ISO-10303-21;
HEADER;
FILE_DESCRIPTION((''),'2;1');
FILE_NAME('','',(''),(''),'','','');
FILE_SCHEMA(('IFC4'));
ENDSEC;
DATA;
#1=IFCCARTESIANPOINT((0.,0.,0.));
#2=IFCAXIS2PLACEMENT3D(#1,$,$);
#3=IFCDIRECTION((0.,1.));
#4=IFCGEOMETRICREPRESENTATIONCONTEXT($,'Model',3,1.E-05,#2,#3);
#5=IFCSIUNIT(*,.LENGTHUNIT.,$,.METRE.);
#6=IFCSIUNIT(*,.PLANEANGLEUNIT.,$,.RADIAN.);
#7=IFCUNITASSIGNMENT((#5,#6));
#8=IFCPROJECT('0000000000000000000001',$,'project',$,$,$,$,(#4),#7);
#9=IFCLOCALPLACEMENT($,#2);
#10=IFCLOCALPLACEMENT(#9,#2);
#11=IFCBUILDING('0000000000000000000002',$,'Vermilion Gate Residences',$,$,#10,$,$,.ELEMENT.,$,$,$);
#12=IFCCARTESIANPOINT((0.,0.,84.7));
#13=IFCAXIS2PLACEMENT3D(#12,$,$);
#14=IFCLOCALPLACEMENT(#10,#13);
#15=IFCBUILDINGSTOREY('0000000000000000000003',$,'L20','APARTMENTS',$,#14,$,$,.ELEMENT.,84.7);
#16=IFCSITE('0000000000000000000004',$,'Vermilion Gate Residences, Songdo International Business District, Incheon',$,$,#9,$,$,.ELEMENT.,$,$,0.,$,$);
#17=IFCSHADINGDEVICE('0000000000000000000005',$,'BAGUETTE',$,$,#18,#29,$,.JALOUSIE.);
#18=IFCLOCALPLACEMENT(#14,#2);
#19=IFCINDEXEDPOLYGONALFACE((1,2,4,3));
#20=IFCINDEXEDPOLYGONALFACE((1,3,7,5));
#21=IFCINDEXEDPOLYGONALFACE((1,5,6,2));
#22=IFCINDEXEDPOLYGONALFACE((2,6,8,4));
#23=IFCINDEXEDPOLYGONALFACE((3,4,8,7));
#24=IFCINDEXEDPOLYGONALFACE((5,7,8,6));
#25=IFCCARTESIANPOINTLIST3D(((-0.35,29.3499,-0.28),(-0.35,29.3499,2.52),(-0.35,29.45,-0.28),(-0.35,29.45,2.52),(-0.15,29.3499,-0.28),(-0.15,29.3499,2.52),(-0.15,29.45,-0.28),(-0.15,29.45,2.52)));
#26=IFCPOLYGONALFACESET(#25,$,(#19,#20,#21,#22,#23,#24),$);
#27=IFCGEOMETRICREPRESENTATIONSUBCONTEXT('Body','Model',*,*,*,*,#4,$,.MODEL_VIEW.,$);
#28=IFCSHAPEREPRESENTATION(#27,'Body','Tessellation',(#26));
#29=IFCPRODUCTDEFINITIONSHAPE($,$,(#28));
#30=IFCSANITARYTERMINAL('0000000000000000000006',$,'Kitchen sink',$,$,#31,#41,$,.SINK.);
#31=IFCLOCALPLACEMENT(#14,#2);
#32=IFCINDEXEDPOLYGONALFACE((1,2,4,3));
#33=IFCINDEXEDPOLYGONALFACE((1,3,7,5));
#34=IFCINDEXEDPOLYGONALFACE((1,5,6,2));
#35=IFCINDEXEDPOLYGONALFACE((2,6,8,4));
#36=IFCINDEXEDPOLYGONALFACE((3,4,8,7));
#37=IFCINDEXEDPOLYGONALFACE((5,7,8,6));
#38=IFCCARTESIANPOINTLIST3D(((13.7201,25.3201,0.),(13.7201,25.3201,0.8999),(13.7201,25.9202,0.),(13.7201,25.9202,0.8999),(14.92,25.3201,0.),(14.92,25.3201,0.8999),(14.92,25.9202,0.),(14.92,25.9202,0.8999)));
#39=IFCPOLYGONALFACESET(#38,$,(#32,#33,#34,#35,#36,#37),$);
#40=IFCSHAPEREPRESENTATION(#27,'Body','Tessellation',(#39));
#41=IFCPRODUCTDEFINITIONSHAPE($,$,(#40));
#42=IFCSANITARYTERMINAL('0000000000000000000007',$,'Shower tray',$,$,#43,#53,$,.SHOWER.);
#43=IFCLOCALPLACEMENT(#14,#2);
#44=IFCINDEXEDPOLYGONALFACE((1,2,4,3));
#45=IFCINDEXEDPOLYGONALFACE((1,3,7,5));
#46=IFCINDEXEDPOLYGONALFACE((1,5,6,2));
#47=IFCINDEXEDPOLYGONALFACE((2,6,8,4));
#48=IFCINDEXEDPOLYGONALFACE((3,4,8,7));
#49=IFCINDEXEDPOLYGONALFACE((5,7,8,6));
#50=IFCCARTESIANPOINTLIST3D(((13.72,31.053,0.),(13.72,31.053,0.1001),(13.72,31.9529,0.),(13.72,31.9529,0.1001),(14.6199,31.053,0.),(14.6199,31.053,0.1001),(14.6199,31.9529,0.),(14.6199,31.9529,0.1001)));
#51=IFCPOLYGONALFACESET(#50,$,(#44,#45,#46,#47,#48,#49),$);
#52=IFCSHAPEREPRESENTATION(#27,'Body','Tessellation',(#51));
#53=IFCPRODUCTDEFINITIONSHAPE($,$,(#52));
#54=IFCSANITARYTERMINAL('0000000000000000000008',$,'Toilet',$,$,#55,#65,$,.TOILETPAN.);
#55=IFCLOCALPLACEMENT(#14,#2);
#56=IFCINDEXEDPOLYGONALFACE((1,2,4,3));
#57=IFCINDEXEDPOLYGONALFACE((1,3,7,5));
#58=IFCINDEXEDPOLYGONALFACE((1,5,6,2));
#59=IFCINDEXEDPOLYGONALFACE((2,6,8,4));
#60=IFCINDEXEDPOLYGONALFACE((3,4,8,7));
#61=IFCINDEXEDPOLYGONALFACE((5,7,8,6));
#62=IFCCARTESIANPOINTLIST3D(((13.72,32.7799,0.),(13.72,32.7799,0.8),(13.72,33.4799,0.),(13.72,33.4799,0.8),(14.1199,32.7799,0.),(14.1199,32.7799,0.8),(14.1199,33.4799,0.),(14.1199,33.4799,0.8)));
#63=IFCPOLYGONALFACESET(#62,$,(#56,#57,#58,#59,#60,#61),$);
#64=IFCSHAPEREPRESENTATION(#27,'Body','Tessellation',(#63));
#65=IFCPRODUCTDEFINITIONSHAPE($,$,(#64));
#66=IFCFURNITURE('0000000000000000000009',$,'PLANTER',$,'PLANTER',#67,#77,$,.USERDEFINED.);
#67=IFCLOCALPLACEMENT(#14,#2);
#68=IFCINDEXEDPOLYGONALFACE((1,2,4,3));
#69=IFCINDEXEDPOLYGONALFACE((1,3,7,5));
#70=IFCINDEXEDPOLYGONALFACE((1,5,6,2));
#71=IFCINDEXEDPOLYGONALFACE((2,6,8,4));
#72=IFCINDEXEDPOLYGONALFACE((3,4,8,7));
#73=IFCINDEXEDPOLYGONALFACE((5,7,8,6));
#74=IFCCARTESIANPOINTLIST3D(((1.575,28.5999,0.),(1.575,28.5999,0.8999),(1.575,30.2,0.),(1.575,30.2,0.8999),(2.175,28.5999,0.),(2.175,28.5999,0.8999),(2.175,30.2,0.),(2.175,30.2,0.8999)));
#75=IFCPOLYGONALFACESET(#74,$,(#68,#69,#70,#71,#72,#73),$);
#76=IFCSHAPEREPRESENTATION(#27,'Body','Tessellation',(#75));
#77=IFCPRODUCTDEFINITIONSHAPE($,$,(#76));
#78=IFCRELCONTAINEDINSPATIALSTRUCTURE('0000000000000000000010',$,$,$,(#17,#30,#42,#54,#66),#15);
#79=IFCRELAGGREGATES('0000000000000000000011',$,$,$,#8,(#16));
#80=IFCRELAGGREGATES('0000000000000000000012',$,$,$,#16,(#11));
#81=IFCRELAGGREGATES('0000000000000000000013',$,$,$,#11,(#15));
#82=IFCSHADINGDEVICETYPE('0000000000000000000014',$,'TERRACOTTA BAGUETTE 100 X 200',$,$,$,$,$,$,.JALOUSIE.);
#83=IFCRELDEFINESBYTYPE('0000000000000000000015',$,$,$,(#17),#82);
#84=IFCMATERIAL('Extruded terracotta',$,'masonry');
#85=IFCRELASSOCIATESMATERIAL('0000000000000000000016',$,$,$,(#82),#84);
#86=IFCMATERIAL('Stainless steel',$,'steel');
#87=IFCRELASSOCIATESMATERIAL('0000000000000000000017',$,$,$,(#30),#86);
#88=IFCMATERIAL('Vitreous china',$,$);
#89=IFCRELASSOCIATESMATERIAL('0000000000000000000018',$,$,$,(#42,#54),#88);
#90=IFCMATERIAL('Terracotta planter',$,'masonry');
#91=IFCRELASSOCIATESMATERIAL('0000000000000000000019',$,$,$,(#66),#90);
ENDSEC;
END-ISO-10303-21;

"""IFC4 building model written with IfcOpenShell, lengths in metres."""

from ifc_helpers import new_model, si_unit, direction, frame, origin, origin_2d, place, context, subcontext, project, spatial, rectangle, extrude, material, material_profile, profile_set, type_object, element, save


model = new_model("IFC4")

# Units and contexts
model_context = context("Model", 3, precision=1e-05, world=origin(), true_north=direction((0.0, 1.0)))
body_context = subcontext(model_context, "Body", "Model", "MODEL_VIEW")
ifc_project = project(units=[si_unit("LENGTHUNIT", "METRE"), si_unit("PLANEANGLEUNIT", "RADIAN")], contexts=[model_context])

# Site, building, storey
site_placement = place(None, origin())
site = spatial("IfcSite", under=ifc_project, at=site_placement, Name="Vermilion Gate Residences, Songdo International Business District, Incheon", CompositionType="ELEMENT", RefElevation=0.0)
building_placement = place(site_placement, origin())
building = spatial("IfcBuilding", under=site, at=building_placement, Name="Vermilion Gate Residences", CompositionType="ELEMENT")
storey_placement = place(building_placement, frame((0.0, 0.0, 84.7)))
storey = spatial("IfcBuildingStorey", under=building, at=storey_placement, Name="L20", Description="APARTMENTS", CompositionType="ELEMENT", Elevation=84.7)

# Shading device
ifc_material_1 = material(Name="Extruded terracotta", Category="masonry")
ifc_material_profile_1 = material_profile(ifc_material_1, rectangle(XDim=0.2, YDim=0.1001, at=origin_2d()), Name="BAGUETTE 100 X 200")
ifc_profile_set_1 = profile_set([ifc_material_profile_1], Name="Extruded terracotta")
shading_device_type_1 = type_object("IfcShadingDeviceType", Name="TERRACOTTA BAGUETTE 100 X 200", PredefinedType="JALOUSIE", material=ifc_profile_set_1)
shading_device_1_placement = place(storey_placement, frame((-0.25, 29.3999, -0.28), z_axis=(0.0, 0.0, 1.0), x_axis=(1.0, 0.0, 0.0)))
element("IfcShadingDevice", 1, at=shading_device_1_placement, inside=storey, type_object=shading_device_type_1, Name="BAGUETTE", PredefinedType="JALOUSIE", context=body_context, shape_type="SweptSolid", body=[
    extrude(rectangle(XDim=0.2, YDim=0.1001, at=origin_2d()), origin(), (0.0, 0.0, 1.0), 2.8),
])

# Sanitary terminals
ifc_material_2 = material(Name="Stainless steel", Category="steel")
sanitary_terminal_1_placement = place(storey_placement, frame((14.3201, 25.6201, 0.0), z_axis=(0.0, 0.0, 1.0), x_axis=(1.0, 0.0, 0.0)))
element("IfcSanitaryTerminal", 2, at=sanitary_terminal_1_placement, inside=storey, material=ifc_material_2, Name="Kitchen sink", PredefinedType="SINK", context=body_context, shape_type="SweptSolid", body=[
    extrude(rectangle(XDim=1.2, YDim=0.6001, at=origin_2d()), origin(), (0.0, 0.0, 1.0), 0.8999),
])
ifc_material_3 = material(Name="Vitreous china")
sanitary_terminal_2_placement = place(storey_placement, frame((14.1699, 31.5029, 0.0), z_axis=(0.0, 0.0, 1.0), x_axis=(1.0, 0.0, 0.0)))
element("IfcSanitaryTerminal", 3, at=sanitary_terminal_2_placement, inside=storey, material=ifc_material_3, Name="Shower tray", PredefinedType="SHOWER", context=body_context, shape_type="SweptSolid", body=[
    extrude(rectangle(XDim=0.8999, YDim=0.8999, at=origin_2d()), origin(), (0.0, 0.0, 1.0), 0.1001),
])
sanitary_terminal_3_placement = place(storey_placement, frame((13.9199, 33.1299, 0.0), z_axis=(0.0, 0.0, 1.0), x_axis=(1.0, 0.0, 0.0)))
element("IfcSanitaryTerminal", 4, at=sanitary_terminal_3_placement, inside=storey, material=ifc_material_3, Name="Toilet", PredefinedType="TOILETPAN", context=body_context, shape_type="SweptSolid", body=[
    extrude(rectangle(XDim=0.3999, YDim=0.7, at=origin_2d()), origin(), (0.0, 0.0, 1.0), 0.8),
])

# Furniture
ifc_material_4 = material(Name="Terracotta planter", Category="masonry")
furniture_placement = place(storey_placement, frame((1.875, 29.3999, 0.0), z_axis=(0.0, 0.0, 1.0), x_axis=(0.0, -1.0, 0.0)))
element("IfcFurniture", 5, at=furniture_placement, inside=storey, material=ifc_material_4, Name="PLANTER", ObjectType="PLANTER", PredefinedType="USERDEFINED", context=body_context, shape_type="SweptSolid", body=[
    extrude(rectangle(XDim=1.6001, YDim=0.6001, at=origin_2d()), origin(), (0.0, 0.0, 1.0), 0.8999),
])

save(model, "model.ifc")
